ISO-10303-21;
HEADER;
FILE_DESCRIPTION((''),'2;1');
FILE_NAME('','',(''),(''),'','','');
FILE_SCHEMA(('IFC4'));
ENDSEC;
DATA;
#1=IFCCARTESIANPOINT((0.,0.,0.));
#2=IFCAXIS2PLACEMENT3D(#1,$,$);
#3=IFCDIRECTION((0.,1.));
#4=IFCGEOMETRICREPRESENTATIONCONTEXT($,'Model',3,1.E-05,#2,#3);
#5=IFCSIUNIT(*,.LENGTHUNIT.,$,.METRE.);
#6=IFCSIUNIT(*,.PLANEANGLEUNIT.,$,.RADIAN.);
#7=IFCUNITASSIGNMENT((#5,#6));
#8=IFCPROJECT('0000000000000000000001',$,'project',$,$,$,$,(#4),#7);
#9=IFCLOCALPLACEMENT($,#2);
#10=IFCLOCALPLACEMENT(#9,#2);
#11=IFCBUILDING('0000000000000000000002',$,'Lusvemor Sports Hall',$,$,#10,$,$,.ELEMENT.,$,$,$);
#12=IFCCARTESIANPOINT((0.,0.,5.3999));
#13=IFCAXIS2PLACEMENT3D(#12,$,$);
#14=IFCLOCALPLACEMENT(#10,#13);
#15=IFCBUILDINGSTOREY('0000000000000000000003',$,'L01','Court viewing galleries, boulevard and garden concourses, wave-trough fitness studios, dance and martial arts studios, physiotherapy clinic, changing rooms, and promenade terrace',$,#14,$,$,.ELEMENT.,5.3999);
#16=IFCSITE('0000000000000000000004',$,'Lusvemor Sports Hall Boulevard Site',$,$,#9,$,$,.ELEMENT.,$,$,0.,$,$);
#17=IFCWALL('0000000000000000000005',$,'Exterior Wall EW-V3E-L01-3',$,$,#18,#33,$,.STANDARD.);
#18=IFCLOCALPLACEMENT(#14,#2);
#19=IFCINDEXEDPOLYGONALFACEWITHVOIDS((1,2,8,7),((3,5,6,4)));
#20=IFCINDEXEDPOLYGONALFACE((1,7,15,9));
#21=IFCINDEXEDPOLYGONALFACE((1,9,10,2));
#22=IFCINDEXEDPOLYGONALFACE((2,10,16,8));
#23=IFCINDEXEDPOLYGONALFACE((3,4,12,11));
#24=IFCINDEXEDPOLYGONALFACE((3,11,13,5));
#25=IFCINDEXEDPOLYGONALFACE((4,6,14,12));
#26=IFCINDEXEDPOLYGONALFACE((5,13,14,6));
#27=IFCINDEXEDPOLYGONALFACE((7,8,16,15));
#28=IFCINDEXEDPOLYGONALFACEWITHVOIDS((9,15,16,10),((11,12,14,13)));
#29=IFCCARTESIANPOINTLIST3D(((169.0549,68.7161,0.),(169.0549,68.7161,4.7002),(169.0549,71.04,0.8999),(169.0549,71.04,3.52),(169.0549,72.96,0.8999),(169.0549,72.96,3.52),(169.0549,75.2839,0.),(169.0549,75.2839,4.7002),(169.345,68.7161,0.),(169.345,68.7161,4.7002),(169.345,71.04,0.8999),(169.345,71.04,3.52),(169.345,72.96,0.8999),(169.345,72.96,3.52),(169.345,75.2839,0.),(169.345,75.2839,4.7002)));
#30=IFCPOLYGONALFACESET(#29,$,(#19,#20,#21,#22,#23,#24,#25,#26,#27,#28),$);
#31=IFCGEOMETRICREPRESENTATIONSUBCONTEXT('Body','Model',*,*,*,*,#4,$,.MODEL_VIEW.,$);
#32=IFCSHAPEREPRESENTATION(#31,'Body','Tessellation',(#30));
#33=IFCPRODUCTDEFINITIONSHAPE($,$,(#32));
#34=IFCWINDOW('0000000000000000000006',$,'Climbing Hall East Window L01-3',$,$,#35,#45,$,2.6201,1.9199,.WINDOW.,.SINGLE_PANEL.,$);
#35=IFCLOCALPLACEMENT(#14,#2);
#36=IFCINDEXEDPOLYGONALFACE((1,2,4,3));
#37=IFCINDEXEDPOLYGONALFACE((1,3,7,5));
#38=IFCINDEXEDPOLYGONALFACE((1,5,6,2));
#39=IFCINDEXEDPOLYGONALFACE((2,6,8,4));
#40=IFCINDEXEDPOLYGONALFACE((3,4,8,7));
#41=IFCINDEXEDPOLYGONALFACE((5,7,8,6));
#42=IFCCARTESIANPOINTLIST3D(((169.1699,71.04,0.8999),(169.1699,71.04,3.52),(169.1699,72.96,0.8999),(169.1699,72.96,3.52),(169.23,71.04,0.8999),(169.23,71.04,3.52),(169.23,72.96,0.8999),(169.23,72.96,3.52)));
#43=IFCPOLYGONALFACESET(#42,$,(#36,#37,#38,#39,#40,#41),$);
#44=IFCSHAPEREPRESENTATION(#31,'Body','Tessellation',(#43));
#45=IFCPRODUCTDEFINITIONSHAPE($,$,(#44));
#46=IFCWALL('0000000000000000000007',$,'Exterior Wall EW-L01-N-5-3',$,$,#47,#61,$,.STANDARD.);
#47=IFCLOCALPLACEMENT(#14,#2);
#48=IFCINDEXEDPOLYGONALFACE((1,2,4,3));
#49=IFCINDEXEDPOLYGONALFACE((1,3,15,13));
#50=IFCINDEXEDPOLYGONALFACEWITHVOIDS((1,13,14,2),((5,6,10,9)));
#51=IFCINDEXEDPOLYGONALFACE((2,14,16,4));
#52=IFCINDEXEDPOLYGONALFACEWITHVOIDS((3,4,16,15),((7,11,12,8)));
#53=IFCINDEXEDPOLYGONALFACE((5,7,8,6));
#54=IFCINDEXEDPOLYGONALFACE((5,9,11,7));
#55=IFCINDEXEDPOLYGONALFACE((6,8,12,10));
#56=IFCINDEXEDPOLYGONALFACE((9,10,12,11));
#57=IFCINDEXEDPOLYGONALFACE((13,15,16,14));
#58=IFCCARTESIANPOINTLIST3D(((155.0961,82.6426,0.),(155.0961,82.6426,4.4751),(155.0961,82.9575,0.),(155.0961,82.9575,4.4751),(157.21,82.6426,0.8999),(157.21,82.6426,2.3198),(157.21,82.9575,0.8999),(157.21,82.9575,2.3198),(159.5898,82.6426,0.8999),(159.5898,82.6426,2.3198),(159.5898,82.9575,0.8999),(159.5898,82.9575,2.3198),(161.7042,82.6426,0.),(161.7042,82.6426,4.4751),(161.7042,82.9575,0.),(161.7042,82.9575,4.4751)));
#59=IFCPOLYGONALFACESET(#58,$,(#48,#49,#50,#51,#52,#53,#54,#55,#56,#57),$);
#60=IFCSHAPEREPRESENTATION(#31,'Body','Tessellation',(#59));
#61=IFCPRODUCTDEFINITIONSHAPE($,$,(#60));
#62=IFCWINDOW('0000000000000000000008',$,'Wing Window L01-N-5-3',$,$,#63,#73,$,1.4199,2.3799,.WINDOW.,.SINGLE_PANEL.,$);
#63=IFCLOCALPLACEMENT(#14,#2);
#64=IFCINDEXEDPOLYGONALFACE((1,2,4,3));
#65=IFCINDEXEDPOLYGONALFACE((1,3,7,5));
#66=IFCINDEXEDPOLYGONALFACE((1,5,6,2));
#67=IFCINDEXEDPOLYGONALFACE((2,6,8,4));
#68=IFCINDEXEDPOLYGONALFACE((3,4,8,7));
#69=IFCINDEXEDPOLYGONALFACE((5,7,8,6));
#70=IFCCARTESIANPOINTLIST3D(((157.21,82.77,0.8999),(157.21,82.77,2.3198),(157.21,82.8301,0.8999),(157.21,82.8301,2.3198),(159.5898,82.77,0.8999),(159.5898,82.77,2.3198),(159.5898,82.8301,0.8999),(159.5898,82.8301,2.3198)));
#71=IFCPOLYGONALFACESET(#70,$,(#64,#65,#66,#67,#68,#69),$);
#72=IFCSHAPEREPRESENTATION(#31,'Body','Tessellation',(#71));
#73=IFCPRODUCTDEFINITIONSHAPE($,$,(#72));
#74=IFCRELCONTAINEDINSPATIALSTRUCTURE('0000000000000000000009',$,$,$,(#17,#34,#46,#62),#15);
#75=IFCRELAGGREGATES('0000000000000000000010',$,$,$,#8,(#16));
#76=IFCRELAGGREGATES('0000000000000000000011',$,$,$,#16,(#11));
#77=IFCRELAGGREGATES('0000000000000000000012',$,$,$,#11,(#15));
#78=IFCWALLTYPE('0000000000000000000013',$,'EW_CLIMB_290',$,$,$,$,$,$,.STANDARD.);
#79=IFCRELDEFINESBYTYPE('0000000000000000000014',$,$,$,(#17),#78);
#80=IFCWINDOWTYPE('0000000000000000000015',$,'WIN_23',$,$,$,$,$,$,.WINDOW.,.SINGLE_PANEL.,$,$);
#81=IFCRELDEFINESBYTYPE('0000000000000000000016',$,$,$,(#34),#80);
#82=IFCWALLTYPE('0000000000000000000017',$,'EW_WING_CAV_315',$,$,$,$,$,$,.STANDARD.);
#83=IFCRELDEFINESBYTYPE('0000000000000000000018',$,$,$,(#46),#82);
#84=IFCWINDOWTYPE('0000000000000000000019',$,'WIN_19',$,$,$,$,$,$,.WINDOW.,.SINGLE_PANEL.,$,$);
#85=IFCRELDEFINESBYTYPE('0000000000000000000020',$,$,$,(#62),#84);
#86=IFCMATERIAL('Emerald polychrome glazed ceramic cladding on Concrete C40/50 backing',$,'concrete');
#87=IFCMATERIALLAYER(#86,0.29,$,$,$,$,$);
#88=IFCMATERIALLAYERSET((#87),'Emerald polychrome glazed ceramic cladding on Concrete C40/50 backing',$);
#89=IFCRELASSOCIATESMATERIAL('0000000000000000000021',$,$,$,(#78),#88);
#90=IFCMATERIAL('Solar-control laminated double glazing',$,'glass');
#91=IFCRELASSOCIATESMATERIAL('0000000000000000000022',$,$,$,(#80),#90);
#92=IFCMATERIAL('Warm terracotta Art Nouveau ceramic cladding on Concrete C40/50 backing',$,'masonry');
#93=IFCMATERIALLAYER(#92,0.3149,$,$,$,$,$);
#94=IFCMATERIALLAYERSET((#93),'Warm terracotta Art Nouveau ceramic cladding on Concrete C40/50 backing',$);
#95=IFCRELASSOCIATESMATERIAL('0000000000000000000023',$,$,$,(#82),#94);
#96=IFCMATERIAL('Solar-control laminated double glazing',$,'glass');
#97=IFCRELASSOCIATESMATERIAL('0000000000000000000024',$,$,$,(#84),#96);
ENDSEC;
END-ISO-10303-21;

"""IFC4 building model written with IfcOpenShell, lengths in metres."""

from ifc_helpers import new_model, si_unit, direction, frame, frame_2d, origin, place, context, subcontext, project, spatial, rectangle, extrude, material, layer, layer_set, type_object, element, fill, save


model = new_model("IFC4")

# Units and contexts
model_context = context("Model", 3, precision=1e-05, world=origin(), true_north=direction((0.0, 1.0)))
body_context = subcontext(model_context, "Body", "Model", "MODEL_VIEW")
ifc_project = project(units=[si_unit("LENGTHUNIT", "METRE"), si_unit("PLANEANGLEUNIT", "RADIAN")], contexts=[model_context])

# Site, building, storey
site_placement = place(None, origin())
site = spatial("IfcSite", under=ifc_project, at=site_placement, Name="Lusvemor Sports Hall Boulevard Site", CompositionType="ELEMENT", RefElevation=0.0)
building_placement = place(site_placement, origin())
building = spatial("IfcBuilding", under=site, at=building_placement, Name="Lusvemor Sports Hall", CompositionType="ELEMENT")
storey_placement = place(building_placement, frame((0.0, 0.0, 5.3999)))
storey = spatial("IfcBuildingStorey", under=building, at=storey_placement, Name="L01", Description="Court viewing galleries, boulevard and garden concourses, wave-trough fitness studios, dance and martial arts studios, physiotherapy clinic, changing rooms, and promenade terrace", CompositionType="ELEMENT", Elevation=5.3999)

# Walls, openings, windows
ifc_material_1 = material(Name="Emerald polychrome glazed ceramic cladding on Concrete C40/50 backing", Category="concrete")
ifc_layer_1 = layer(ifc_material_1, 0.29)
ifc_layer_set_1 = layer_set([ifc_layer_1], Name="Emerald polychrome glazed ceramic cladding on Concrete C40/50 backing")
wall_type_1 = type_object("IfcWallType", Name="EW_CLIMB_290", PredefinedType="STANDARD", material=ifc_layer_set_1)
wall_1_placement = place(storey_placement, frame((169.2, 75.2839, 0.0), z_axis=(0.0, 0.0, 1.0), x_axis=(0.0, -1.0, 0.0)))
wall_1 = element("IfcWall", 1, at=wall_1_placement, inside=storey, type_object=wall_type_1, Name="Exterior Wall EW-V3E-L01-3", PredefinedType="STANDARD", context=body_context, shape_type="SweptSolid", body=[
    extrude(rectangle(XDim=6.5679, YDim=0.29, at=frame_2d((3.2839, 0.0))), origin(), (0.0, 0.0, 1.0), 4.7002),
])
opening_1_placement = place(wall_1_placement, frame((2.324, 0.0, 0.8999)))
opening_1 = element("IfcOpeningElement", 2, at=opening_1_placement, cuts=wall_1, PredefinedType="OPENING", context=body_context, shape_type="SweptSolid", body=[
    extrude(rectangle(XDim=1.9199, YDim=2.6201, at=frame_2d((0.96, 1.3101))), frame((0.0, 0.145, 0.0), z_axis=(0.0, -1.0, 0.0), x_axis=(1.0, 0.0, 0.0)), (0.0, 0.0, 1.0), 0.29),
])
ifc_material_2 = material(Name="Solar-control laminated double glazing", Category="glass")
window_type_1 = type_object("IfcWindowType", Name="WIN_23", PartitioningType="SINGLE_PANEL", PredefinedType="WINDOW", material=ifc_material_2)
window_1_placement = place(opening_1_placement, origin())
window_1 = element("IfcWindow", 3, at=window_1_placement, inside=storey, type_object=window_type_1, Name="Climbing Hall East Window L01-3", OverallHeight=2.6201, OverallWidth=1.9199, PartitioningType="SINGLE_PANEL", PredefinedType="WINDOW", context=body_context, shape_type="SweptSolid", body=[
    extrude(rectangle(XDim=1.9199, YDim=2.6201, at=frame_2d((0.96, 1.3101))), frame((0.0, 0.03, 0.0), z_axis=(0.0, -1.0, 0.0), x_axis=(1.0, 0.0, 0.0)), (0.0, 0.0, 1.0), 0.0601),
])
fill(opening_1, window_1)
ifc_material_3 = material(Name="Warm terracotta Art Nouveau ceramic cladding on Concrete C40/50 backing", Category="masonry")
ifc_layer_2 = layer(ifc_material_3, 0.3149)
ifc_layer_set_2 = layer_set([ifc_layer_2], Name="Warm terracotta Art Nouveau ceramic cladding on Concrete C40/50 backing")
wall_type_2 = type_object("IfcWallType", Name="EW_WING_CAV_315", PredefinedType="STANDARD", material=ifc_layer_set_2)
wall_2_placement = place(storey_placement, frame((155.0959, 82.8, 0.0), z_axis=(0.0, 0.0, 1.0), x_axis=(1.0, 0.0, 0.0)))
wall_2 = element("IfcWall", 4, at=wall_2_placement, inside=storey, type_object=wall_type_2, Name="Exterior Wall EW-L01-N-5-3", PredefinedType="STANDARD", context=body_context, shape_type="SweptSolid", body=[
    extrude(rectangle(XDim=6.6082, YDim=0.3149, at=frame_2d((3.3042, 0.0))), origin(), (0.0, 0.0, 1.0), 4.4751),
])
opening_2_placement = place(wall_2_placement, frame((2.114, 0.0, 0.8999)))
opening_2 = element("IfcOpeningElement", 5, at=opening_2_placement, cuts=wall_2, PredefinedType="OPENING", context=body_context, shape_type="SweptSolid", body=[
    extrude(rectangle(XDim=2.3799, YDim=1.4199, at=frame_2d((1.1899, 0.71))), frame((0.0, 0.1575, 0.0), z_axis=(0.0, -1.0, 0.0), x_axis=(1.0, 0.0, 0.0)), (0.0, 0.0, 1.0), 0.3149),
])
ifc_material_4 = material(Name="Solar-control laminated double glazing", Category="glass")
window_type_2 = type_object("IfcWindowType", Name="WIN_19", PartitioningType="SINGLE_PANEL", PredefinedType="WINDOW", material=ifc_material_4)
window_2_placement = place(opening_2_placement, origin())
window_2 = element("IfcWindow", 6, at=window_2_placement, inside=storey, type_object=window_type_2, Name="Wing Window L01-N-5-3", OverallHeight=1.4199, OverallWidth=2.3799, PartitioningType="SINGLE_PANEL", PredefinedType="WINDOW", context=body_context, shape_type="SweptSolid", body=[
    extrude(rectangle(XDim=2.3799, YDim=1.4199, at=frame_2d((1.1899, 0.71))), frame((0.0, 0.03, 0.0), z_axis=(0.0, -1.0, 0.0), x_axis=(1.0, 0.0, 0.0)), (0.0, 0.0, 1.0), 0.0601),
])
fill(opening_2, window_2)

save(model, "model.ifc")
